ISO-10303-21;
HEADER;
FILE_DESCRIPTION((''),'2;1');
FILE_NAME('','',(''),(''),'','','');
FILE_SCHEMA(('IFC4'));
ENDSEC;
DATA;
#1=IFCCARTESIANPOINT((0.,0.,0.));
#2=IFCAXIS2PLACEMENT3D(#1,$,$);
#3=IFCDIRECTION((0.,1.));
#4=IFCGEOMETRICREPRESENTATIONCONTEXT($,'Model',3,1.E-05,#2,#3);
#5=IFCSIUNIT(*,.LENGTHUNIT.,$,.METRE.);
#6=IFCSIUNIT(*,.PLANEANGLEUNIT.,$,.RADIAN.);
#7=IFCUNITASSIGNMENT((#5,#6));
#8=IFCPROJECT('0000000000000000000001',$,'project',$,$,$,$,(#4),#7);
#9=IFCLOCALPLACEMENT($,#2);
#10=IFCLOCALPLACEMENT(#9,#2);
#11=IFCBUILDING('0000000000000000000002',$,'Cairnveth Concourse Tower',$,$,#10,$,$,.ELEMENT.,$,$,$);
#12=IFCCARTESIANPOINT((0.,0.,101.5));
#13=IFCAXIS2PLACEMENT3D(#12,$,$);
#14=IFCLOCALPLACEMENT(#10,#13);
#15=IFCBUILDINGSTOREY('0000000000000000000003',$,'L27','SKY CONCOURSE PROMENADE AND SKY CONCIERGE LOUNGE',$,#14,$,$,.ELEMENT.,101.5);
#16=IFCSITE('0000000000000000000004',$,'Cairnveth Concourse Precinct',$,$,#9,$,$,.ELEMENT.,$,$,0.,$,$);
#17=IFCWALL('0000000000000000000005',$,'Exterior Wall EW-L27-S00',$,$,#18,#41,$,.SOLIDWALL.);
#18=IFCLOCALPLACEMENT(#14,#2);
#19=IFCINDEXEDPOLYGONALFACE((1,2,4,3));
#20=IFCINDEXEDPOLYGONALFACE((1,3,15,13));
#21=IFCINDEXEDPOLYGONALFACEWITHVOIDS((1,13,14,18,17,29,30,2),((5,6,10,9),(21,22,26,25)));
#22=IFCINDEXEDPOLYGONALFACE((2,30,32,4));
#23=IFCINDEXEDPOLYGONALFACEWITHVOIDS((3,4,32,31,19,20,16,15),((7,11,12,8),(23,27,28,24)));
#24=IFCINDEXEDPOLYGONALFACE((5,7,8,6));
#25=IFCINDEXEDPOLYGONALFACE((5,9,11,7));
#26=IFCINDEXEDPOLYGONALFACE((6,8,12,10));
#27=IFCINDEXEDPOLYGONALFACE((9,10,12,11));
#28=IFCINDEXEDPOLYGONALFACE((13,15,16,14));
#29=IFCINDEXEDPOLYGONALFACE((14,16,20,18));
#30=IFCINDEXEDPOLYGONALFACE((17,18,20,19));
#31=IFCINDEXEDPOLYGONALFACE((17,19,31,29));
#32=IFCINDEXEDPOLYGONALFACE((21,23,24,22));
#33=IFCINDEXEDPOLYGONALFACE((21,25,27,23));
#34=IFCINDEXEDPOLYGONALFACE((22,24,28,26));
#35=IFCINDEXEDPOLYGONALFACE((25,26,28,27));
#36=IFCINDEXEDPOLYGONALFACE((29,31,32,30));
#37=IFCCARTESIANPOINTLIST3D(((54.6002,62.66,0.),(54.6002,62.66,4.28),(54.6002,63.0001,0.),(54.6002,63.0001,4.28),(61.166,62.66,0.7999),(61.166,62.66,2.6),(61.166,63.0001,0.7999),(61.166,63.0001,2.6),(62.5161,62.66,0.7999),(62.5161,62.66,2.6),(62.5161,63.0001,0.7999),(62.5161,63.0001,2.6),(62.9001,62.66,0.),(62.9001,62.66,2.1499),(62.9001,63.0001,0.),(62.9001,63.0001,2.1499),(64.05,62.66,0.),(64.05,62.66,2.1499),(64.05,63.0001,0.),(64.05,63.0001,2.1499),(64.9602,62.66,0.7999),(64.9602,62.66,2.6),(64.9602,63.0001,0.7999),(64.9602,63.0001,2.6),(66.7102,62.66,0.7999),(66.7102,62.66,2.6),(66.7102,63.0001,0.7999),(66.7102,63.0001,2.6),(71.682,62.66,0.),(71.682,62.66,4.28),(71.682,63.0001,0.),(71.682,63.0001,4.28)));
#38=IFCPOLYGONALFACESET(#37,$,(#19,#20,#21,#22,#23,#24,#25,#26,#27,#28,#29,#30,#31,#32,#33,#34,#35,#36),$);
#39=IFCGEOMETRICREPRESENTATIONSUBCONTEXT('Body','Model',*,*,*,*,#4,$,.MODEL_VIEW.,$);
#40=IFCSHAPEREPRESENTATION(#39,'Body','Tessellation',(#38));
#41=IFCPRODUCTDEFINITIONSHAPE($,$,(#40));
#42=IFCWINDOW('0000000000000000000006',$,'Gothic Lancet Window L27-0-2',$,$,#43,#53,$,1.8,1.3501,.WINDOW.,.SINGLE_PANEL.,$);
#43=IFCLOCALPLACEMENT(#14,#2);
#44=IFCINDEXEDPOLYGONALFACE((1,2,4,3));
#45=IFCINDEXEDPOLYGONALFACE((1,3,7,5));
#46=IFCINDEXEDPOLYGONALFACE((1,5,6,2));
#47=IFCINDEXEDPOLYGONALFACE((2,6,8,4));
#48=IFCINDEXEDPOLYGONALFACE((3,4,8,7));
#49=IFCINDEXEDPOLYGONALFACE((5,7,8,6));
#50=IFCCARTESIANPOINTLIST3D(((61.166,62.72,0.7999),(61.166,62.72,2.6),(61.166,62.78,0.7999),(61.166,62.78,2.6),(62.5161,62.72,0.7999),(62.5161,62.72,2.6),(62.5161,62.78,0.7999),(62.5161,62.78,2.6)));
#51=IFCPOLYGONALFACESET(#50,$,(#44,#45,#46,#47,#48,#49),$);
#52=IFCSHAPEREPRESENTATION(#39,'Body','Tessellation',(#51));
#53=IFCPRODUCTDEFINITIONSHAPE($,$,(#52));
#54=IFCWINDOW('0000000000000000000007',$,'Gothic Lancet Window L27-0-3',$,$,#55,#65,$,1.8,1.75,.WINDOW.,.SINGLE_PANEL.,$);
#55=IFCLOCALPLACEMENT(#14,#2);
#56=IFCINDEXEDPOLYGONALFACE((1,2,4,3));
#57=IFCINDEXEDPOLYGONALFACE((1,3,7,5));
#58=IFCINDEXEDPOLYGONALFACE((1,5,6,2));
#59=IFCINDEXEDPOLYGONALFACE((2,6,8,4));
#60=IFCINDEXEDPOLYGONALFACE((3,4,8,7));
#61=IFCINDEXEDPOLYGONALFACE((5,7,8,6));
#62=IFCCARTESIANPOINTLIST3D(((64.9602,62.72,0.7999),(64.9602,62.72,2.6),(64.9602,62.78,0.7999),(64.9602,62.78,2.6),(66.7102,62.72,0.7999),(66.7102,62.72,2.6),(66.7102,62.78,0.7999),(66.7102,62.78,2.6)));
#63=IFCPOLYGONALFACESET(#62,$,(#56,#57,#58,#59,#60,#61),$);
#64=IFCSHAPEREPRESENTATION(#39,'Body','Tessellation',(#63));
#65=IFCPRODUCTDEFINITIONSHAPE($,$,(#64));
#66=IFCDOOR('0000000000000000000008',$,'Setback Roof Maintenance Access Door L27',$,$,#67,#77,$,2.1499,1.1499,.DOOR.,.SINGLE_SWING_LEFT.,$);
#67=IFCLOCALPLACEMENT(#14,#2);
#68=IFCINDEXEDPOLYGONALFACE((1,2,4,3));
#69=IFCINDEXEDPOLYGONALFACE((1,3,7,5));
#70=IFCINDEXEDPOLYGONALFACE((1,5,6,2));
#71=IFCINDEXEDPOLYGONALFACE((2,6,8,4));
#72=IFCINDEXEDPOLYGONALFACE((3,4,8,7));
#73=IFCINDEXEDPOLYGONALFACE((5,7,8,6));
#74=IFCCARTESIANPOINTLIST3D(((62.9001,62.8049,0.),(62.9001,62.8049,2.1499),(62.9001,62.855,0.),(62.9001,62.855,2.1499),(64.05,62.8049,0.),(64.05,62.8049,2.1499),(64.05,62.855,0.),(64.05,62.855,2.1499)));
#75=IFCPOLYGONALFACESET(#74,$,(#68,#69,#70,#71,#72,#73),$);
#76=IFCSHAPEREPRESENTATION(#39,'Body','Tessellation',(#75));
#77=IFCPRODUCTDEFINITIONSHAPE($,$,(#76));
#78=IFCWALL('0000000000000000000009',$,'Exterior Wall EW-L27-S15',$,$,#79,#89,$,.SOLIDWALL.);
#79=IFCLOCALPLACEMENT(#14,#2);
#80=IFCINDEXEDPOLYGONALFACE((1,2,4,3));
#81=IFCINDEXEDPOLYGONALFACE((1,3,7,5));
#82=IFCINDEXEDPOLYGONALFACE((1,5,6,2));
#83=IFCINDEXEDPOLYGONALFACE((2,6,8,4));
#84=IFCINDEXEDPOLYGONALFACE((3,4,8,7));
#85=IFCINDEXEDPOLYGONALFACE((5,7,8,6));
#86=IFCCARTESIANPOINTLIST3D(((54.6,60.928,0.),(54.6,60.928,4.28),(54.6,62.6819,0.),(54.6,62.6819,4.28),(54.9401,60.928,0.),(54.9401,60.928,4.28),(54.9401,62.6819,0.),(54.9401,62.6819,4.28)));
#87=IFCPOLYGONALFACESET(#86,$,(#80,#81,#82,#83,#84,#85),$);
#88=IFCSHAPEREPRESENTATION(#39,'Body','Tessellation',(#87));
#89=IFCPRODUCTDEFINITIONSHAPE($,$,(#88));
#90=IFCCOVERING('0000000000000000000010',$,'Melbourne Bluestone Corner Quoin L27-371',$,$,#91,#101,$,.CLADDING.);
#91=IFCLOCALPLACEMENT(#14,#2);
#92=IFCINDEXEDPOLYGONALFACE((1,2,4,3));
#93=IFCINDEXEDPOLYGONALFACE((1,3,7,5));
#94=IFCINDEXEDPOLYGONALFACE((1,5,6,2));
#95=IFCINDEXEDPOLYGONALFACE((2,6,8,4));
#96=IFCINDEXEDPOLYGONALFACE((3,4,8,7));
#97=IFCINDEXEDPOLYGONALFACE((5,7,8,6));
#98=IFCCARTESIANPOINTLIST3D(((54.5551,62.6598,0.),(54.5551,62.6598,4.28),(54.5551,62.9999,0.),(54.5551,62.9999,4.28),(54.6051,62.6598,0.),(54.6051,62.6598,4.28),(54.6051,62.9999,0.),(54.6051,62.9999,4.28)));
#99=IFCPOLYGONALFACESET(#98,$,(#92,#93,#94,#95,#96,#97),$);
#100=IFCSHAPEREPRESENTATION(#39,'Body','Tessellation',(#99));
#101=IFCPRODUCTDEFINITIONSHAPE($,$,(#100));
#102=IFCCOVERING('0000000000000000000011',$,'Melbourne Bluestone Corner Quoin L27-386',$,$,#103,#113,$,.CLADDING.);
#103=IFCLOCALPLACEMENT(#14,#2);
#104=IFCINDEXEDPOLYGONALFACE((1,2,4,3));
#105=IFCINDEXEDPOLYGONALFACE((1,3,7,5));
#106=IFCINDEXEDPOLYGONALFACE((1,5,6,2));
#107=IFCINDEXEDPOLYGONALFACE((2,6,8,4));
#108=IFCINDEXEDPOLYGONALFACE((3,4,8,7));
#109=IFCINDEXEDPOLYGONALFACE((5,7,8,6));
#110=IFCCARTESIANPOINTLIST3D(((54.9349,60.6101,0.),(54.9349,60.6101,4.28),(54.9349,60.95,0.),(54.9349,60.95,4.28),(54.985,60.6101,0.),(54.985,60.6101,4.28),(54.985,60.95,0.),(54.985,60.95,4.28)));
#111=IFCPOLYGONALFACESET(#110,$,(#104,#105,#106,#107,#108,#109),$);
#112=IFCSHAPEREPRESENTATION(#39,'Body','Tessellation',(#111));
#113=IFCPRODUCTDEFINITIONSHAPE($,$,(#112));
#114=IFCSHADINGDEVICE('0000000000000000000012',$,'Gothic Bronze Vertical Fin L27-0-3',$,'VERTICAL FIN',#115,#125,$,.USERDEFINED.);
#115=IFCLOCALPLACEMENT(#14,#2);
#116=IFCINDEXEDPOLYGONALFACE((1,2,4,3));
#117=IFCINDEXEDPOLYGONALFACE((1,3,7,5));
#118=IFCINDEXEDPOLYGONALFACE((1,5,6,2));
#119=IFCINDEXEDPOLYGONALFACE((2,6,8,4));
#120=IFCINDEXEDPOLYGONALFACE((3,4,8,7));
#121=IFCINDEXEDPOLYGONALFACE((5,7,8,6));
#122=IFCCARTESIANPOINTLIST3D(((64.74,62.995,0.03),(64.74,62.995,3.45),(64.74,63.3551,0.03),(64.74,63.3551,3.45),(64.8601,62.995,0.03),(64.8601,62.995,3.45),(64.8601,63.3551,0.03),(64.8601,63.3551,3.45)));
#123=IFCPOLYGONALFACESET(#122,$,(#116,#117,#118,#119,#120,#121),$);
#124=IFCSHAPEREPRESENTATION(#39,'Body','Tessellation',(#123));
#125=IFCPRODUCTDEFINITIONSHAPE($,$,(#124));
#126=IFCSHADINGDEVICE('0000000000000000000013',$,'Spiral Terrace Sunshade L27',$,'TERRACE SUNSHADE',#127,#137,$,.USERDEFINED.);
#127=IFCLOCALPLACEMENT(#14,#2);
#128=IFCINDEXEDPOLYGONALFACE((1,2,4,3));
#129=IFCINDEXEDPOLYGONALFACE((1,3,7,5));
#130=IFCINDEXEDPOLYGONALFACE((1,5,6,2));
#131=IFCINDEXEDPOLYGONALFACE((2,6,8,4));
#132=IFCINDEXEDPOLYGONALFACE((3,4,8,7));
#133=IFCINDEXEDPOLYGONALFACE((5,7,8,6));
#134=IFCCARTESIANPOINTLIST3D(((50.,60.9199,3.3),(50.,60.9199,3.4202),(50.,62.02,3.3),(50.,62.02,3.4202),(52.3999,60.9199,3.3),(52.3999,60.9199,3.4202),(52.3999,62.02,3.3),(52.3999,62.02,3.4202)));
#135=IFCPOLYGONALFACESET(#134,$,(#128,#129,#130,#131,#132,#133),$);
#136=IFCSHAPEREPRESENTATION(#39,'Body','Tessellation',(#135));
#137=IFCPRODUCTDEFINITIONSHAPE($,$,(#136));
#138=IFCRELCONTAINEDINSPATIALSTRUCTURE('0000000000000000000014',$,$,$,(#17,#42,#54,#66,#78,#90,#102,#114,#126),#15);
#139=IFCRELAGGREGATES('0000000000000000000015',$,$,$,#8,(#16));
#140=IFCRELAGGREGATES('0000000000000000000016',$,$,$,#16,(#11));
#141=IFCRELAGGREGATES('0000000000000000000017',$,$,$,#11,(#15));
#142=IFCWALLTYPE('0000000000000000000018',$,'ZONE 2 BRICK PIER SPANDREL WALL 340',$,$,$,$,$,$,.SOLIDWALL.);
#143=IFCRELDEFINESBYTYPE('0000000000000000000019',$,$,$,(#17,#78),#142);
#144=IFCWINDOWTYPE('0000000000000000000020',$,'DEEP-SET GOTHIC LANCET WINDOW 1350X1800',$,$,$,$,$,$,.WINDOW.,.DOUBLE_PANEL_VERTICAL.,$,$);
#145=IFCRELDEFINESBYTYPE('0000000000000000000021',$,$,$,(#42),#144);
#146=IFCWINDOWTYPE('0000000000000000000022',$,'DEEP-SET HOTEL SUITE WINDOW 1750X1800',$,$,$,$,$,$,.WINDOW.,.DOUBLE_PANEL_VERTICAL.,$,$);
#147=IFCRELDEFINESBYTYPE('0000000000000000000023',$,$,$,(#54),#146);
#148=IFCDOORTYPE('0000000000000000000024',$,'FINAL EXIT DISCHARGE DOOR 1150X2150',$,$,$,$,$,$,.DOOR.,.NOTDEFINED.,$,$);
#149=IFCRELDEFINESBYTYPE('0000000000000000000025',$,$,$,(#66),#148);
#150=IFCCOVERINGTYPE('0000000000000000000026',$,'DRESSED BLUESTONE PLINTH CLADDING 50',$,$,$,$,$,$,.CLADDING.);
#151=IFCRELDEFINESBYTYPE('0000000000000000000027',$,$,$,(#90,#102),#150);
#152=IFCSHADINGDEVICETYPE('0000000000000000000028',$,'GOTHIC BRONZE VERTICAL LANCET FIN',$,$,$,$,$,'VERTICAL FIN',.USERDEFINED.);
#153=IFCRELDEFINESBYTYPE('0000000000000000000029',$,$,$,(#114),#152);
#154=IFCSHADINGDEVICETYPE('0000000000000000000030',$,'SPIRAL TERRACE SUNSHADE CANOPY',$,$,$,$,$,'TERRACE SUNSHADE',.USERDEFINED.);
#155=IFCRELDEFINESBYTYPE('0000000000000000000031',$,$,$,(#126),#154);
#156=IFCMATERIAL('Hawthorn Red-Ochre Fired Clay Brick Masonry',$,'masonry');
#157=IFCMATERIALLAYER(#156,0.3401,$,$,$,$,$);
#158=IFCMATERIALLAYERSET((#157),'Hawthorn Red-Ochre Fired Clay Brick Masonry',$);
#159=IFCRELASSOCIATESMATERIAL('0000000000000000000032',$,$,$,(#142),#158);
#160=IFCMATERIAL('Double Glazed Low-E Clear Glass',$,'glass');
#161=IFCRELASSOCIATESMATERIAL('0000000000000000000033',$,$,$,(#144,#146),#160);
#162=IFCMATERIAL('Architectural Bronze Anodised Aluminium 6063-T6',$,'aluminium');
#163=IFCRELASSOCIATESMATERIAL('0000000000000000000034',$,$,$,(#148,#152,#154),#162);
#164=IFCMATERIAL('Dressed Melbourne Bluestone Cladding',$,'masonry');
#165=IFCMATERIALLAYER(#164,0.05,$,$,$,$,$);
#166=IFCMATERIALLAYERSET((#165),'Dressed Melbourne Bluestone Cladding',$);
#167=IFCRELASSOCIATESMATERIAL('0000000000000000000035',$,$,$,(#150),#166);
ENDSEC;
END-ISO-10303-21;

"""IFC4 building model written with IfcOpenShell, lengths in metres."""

from ifc_helpers import new_model, si_unit, direction, frame, frame_2d, origin, origin_2d, place, context, subcontext, project, spatial, rectangle, extrude, material, layer, layer_set, type_object, element, fill, save


model = new_model("IFC4")

# Units and contexts
model_context = context("Model", 3, precision=1e-05, world=origin(), true_north=direction((0.0, 1.0)))
body_context = subcontext(model_context, "Body", "Model", "MODEL_VIEW")
ifc_project = project(units=[si_unit("LENGTHUNIT", "METRE"), si_unit("PLANEANGLEUNIT", "RADIAN")], contexts=[model_context])

# Site, building, storey
site_placement = place(None, origin())
site = spatial("IfcSite", under=ifc_project, at=site_placement, Name="Cairnveth Concourse Precinct", CompositionType="ELEMENT", RefElevation=0.0)
building_placement = place(site_placement, origin())
building = spatial("IfcBuilding", under=site, at=building_placement, Name="Cairnveth Concourse Tower", CompositionType="ELEMENT")
storey_placement = place(building_placement, frame((0.0, 0.0, 101.5)))
storey = spatial("IfcBuildingStorey", under=building, at=storey_placement, Name="L27", Description="SKY CONCOURSE PROMENADE AND SKY CONCIERGE LOUNGE", CompositionType="ELEMENT", Elevation=101.5)

# Shared definitions
ifc_material_1 = material(Name="Architectural Bronze Anodised Aluminium 6063-T6", Category="aluminium")

# Wall, openings, windows, door
ifc_material_2 = material(Name="Hawthorn Red-Ochre Fired Clay Brick Masonry", Category="masonry")
ifc_layer_1 = layer(ifc_material_2, 0.3401)
ifc_layer_set_1 = layer_set([ifc_layer_1], Name="Hawthorn Red-Ochre Fired Clay Brick Masonry")
wall_type_1 = type_object("IfcWallType", Name="ZONE 2 BRICK PIER SPANDREL WALL 340", PredefinedType="SOLIDWALL", material=ifc_layer_set_1)
wall_1_placement = place(storey_placement, frame((54.6001, 62.8301, 0.0), z_axis=(0.0, 0.0, 1.0), x_axis=(1.0, 0.0, 0.0)))
wall_1 = element("IfcWall", 1, at=wall_1_placement, inside=storey, type_object=wall_type_1, Name="Exterior Wall EW-L27-S00", PredefinedType="SOLIDWALL", context=body_context, shape_type="SweptSolid", body=[
    extrude(rectangle(XDim=17.0818, YDim=0.3401, at=frame_2d((8.541, 0.0))), origin(), (0.0, 0.0, 1.0), 4.28),
])
opening_1_placement = place(wall_1_placement, frame((6.5659, 0.0, 0.8)))
opening_1 = element("IfcOpeningElement", 2, at=opening_1_placement, cuts=wall_1, PredefinedType="OPENING", context=body_context, shape_type="SweptSolid", body=[
    extrude(rectangle(XDim=1.3501, YDim=1.8, at=frame_2d((0.675, 0.8999))), frame((0.0, 0.1799, 0.0), z_axis=(0.0, -1.0, 0.0), x_axis=(1.0, 0.0, 0.0)), (0.0, 0.0, 1.0), 0.3601),
])
opening_2_placement = place(wall_1_placement, frame((10.3601, 0.0, 0.8)))
opening_2 = element("IfcOpeningElement", 3, at=opening_2_placement, cuts=wall_1, PredefinedType="OPENING", context=body_context, shape_type="SweptSolid", body=[
    extrude(rectangle(XDim=1.75, YDim=1.8, at=frame_2d((0.875, 0.8999))), frame((0.0, 0.1799, 0.0), z_axis=(0.0, -1.0, 0.0), x_axis=(1.0, 0.0, 0.0)), (0.0, 0.0, 1.0), 0.3601),
])
opening_3_placement = place(wall_1_placement, frame((8.3, 0.0, 0.0)))
opening_3 = element("IfcOpeningElement", 4, at=opening_3_placement, cuts=wall_1, PredefinedType="OPENING", context=body_context, shape_type="SweptSolid", body=[
    extrude(rectangle(XDim=1.1499, YDim=2.1499, at=frame_2d((0.575, 1.075))), frame((0.0, 0.1799, 0.0), z_axis=(0.0, -1.0, 0.0), x_axis=(1.0, 0.0, 0.0)), (0.0, 0.0, 1.0), 0.3601),
])
ifc_material_3 = material(Name="Double Glazed Low-E Clear Glass", Category="glass")
window_type_1 = type_object("IfcWindowType", Name="DEEP-SET GOTHIC LANCET WINDOW 1350X1800", PartitioningType="DOUBLE_PANEL_VERTICAL", PredefinedType="WINDOW", material=ifc_material_3)
window_1_placement = place(opening_1_placement, origin())
window_1 = element("IfcWindow", 5, at=window_1_placement, inside=storey, type_object=window_type_1, Name="Gothic Lancet Window L27-0-2", OverallHeight=1.8, OverallWidth=1.3501, PartitioningType="SINGLE_PANEL", PredefinedType="WINDOW", context=body_context, shape_type="SweptSolid", body=[
    extrude(rectangle(XDim=1.3501, YDim=1.8, at=frame_2d((0.675, 0.8999))), frame((0.0, -0.05, 0.0), z_axis=(0.0, -1.0, 0.0), x_axis=(1.0, 0.0, 0.0)), (0.0, 0.0, 1.0), 0.0601),
])
fill(opening_1, window_1)
window_type_2 = type_object("IfcWindowType", Name="DEEP-SET HOTEL SUITE WINDOW 1750X1800", PartitioningType="DOUBLE_PANEL_VERTICAL", PredefinedType="WINDOW", material=ifc_material_3)
window_2_placement = place(opening_2_placement, origin())
window_2 = element("IfcWindow", 6, at=window_2_placement, inside=storey, type_object=window_type_2, Name="Gothic Lancet Window L27-0-3", OverallHeight=1.8, OverallWidth=1.75, PartitioningType="SINGLE_PANEL", PredefinedType="WINDOW", context=body_context, shape_type="SweptSolid", body=[
    extrude(rectangle(XDim=1.75, YDim=1.8, at=frame_2d((0.875, 0.8999))), frame((0.0, -0.05, 0.0), z_axis=(0.0, -1.0, 0.0), x_axis=(1.0, 0.0, 0.0)), (0.0, 0.0, 1.0), 0.0601),
])
fill(opening_2, window_2)
door_type_1 = type_object("IfcDoorType", Name="FINAL EXIT DISCHARGE DOOR 1150X2150", OperationType="NOTDEFINED", PredefinedType="DOOR", material=ifc_material_1)
door_1_placement = place(opening_3_placement, origin())
door_1 = element("IfcDoor", 7, at=door_1_placement, inside=storey, type_object=door_type_1, Name="Setback Roof Maintenance Access Door L27", OperationType="SINGLE_SWING_LEFT", OverallHeight=2.1499, OverallWidth=1.1499, PredefinedType="DOOR", context=body_context, shape_type="SweptSolid", body=[
    extrude(rectangle(XDim=1.1499, YDim=2.1499, at=frame_2d((0.575, 1.075))), frame((0.0, 0.0249, 0.0), z_axis=(0.0, -1.0, 0.0), x_axis=(1.0, 0.0, 0.0)), (0.0, 0.0, 1.0), 0.05),
])
fill(opening_3, door_1)

# Wall
wall_2_placement = place(storey_placement, frame((54.77, 60.928, 0.0), z_axis=(0.0, 0.0, 1.0), x_axis=(0.0, 1.0, 0.0)))
element("IfcWall", 8, at=wall_2_placement, inside=storey, type_object=wall_type_1, Name="Exterior Wall EW-L27-S15", PredefinedType="SOLIDWALL", context=body_context, shape_type="SweptSolid", body=[
    extrude(rectangle(XDim=1.7539, YDim=0.3401, at=frame_2d((0.877, 0.0))), origin(), (0.0, 0.0, 1.0), 4.28),
])

# Coverings
ifc_material_4 = material(Name="Dressed Melbourne Bluestone Cladding", Category="masonry")
ifc_layer_2 = layer(ifc_material_4, 0.05)
ifc_layer_set_2 = layer_set([ifc_layer_2], Name="Dressed Melbourne Bluestone Cladding")
covering_type = type_object("IfcCoveringType", Name="DRESSED BLUESTONE PLINTH CLADDING 50", PredefinedType="CLADDING", material=ifc_layer_set_2)
covering_1_placement = place(storey_placement, frame((54.5801, 62.6599, 0.0), z_axis=(0.0, 0.0, 1.0), x_axis=(0.0, 1.0, 0.0)))
element("IfcCovering", 9, at=covering_1_placement, inside=storey, type_object=covering_type, Name="Melbourne Bluestone Corner Quoin L27-371", PredefinedType="CLADDING", context=body_context, shape_type="SweptSolid", body=[
    extrude(rectangle(XDim=0.3401, YDim=0.05, at=frame_2d((0.1699, 0.0))), origin(), (0.0, 0.0, 1.0), 4.28),
])
covering_2_placement = place(storey_placement, frame((54.96, 60.6101, 0.0), z_axis=(0.0, 0.0, 1.0), x_axis=(0.0, 1.0, 0.0)))
element("IfcCovering", 10, at=covering_2_placement, inside=storey, type_object=covering_type, Name="Melbourne Bluestone Corner Quoin L27-386", PredefinedType="CLADDING", context=body_context, shape_type="SweptSolid", body=[
    extrude(rectangle(XDim=0.3398, YDim=0.05, at=frame_2d((0.1699, 0.0))), origin(), (0.0, 0.0, 1.0), 4.28),
])

# Shading devices
shading_device_type_1 = type_object("IfcShadingDeviceType", Name="GOTHIC BRONZE VERTICAL LANCET FIN", ElementType="VERTICAL FIN", PredefinedType="USERDEFINED", material=ifc_material_1)
shading_device_1_placement = place(storey_placement, frame((64.8, 63.175, 0.03), z_axis=(0.0, 0.0, 1.0), x_axis=(1.0, 0.0, 0.0)))
element("IfcShadingDevice", 11, at=shading_device_1_placement, inside=storey, type_object=shading_device_type_1, Name="Gothic Bronze Vertical Fin L27-0-3", ObjectType="VERTICAL FIN", PredefinedType="USERDEFINED", context=body_context, shape_type="SweptSolid", body=[
    extrude(rectangle(XDim=0.1201, YDim=0.3601, at=origin_2d()), origin(), (0.0, 0.0, 1.0), 3.4199),
])
shading_device_type_2 = type_object("IfcShadingDeviceType", Name="SPIRAL TERRACE SUNSHADE CANOPY", ElementType="TERRACE SUNSHADE", PredefinedType="USERDEFINED", material=ifc_material_1)
shading_device_2_placement = place(storey_placement, frame((51.2, 61.47, 3.3), z_axis=(0.0, 0.0, 1.0), x_axis=(1.0, 0.0, 0.0)))
element("IfcShadingDevice", 12, at=shading_device_2_placement, inside=storey, type_object=shading_device_type_2, Name="Spiral Terrace Sunshade L27", ObjectType="TERRACE SUNSHADE", PredefinedType="USERDEFINED", context=body_context, shape_type="SweptSolid", body=[
    extrude(rectangle(XDim=2.3999, YDim=1.1001, at=origin_2d()), origin(), (0.0, 0.0, 1.0), 0.1201),
])

save(model, "model.ifc")
